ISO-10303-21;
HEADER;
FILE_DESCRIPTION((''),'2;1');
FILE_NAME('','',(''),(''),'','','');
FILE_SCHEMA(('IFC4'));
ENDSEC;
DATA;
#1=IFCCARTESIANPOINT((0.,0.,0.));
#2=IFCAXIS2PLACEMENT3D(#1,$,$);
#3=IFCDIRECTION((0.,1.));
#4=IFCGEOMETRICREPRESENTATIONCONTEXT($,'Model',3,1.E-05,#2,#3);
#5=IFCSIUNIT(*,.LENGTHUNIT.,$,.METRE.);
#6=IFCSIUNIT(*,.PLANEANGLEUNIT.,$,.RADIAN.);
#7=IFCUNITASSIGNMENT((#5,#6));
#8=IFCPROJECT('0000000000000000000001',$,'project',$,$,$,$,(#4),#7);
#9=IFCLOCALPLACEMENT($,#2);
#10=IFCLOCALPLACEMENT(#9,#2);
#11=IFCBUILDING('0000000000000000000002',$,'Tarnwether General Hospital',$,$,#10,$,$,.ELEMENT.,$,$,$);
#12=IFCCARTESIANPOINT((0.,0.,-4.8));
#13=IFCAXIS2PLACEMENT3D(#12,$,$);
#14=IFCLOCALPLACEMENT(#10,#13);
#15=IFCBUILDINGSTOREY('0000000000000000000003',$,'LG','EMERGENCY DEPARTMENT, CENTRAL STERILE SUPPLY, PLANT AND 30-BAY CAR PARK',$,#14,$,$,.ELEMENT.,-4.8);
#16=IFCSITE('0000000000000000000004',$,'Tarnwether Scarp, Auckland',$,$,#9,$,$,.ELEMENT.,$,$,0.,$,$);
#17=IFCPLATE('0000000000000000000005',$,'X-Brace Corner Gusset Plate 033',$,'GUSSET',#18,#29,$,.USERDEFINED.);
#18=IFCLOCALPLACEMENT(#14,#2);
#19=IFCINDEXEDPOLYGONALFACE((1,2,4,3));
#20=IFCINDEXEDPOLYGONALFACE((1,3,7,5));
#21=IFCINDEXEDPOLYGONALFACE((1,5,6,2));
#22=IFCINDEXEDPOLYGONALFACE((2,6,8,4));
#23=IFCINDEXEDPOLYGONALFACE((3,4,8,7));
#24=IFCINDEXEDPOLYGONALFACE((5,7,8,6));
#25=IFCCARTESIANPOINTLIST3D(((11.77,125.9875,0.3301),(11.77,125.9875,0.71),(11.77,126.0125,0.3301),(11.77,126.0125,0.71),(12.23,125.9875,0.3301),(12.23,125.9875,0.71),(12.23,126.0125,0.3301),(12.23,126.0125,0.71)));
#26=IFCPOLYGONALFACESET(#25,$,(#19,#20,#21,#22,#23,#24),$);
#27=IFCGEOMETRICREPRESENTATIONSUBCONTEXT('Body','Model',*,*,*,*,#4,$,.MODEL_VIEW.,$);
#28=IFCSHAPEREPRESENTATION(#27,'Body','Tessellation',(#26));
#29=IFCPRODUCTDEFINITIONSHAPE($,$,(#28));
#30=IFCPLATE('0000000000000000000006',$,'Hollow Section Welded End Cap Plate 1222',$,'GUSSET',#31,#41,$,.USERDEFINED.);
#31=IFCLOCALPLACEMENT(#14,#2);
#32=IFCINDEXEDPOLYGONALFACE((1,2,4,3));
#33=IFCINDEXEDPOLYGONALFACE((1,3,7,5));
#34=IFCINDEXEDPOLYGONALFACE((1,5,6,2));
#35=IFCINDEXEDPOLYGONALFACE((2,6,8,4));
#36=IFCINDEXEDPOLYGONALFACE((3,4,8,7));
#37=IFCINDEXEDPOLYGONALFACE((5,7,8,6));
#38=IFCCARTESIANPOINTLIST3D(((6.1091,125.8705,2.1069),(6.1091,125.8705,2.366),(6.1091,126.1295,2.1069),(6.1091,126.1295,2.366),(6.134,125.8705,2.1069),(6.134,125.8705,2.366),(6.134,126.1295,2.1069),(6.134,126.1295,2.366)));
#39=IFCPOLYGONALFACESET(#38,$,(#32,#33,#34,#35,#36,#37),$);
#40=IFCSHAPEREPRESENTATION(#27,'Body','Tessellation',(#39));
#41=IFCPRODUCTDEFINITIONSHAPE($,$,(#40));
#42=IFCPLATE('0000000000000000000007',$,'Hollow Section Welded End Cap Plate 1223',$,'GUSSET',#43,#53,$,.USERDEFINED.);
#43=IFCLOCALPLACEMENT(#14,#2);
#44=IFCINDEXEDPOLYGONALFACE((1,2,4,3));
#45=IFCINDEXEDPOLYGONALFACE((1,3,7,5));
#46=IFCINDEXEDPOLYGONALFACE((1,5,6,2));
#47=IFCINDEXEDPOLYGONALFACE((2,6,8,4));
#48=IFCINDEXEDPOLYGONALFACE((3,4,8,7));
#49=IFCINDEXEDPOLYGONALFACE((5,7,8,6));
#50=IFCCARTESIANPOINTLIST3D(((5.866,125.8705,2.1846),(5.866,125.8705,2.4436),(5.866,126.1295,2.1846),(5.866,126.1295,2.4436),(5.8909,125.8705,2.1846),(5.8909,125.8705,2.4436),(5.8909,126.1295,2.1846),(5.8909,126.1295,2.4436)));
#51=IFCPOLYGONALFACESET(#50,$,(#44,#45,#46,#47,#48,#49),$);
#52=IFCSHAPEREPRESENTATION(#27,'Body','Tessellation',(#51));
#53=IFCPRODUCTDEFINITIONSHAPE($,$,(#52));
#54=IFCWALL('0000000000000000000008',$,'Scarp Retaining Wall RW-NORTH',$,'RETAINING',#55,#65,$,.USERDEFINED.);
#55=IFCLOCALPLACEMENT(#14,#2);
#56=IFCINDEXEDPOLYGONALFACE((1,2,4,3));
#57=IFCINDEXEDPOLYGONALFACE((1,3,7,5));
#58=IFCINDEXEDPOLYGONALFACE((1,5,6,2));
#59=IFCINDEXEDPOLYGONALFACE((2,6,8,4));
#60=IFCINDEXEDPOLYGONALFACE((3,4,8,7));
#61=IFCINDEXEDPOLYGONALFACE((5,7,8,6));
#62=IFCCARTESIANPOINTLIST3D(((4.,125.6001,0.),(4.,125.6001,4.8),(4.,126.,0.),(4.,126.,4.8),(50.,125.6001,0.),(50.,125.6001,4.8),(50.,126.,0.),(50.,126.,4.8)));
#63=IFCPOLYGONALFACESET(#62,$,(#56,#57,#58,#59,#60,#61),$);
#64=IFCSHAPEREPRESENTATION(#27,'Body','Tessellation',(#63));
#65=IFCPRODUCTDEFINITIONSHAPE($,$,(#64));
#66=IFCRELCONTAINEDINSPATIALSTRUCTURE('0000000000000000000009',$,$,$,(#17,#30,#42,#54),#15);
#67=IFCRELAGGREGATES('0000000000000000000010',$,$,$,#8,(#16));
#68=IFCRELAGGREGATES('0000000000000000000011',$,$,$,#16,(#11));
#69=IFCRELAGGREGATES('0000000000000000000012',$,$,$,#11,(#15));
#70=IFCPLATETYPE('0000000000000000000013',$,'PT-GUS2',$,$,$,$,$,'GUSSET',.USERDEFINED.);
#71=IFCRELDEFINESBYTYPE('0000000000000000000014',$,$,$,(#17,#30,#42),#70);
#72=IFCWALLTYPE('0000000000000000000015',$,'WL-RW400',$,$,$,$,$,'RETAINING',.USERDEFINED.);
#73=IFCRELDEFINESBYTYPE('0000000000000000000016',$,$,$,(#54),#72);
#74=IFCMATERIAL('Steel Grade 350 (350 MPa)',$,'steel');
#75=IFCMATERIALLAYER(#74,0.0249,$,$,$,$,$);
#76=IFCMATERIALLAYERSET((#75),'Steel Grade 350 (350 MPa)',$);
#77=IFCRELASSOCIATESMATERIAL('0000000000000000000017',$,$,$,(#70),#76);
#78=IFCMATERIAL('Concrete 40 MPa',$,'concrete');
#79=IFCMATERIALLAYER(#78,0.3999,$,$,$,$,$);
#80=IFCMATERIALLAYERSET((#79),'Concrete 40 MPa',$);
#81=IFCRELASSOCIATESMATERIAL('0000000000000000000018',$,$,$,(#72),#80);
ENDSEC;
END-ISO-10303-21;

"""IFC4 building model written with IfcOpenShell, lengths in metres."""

from ifc_helpers import new_model, si_unit, direction, frame, frame_2d, origin, origin_2d, place, context, subcontext, project, spatial, rectangle, extrude, material, layer, layer_set, type_object, element, save


model = new_model("IFC4")

# Units and contexts
model_context = context("Model", 3, precision=1e-05, world=origin(), true_north=direction((0.0, 1.0)))
body_context = subcontext(model_context, "Body", "Model", "MODEL_VIEW")
ifc_project = project(units=[si_unit("LENGTHUNIT", "METRE"), si_unit("PLANEANGLEUNIT", "RADIAN")], contexts=[model_context])

# Site, building, storey
site_placement = place(None, origin())
site = spatial("IfcSite", under=ifc_project, at=site_placement, Name="Tarnwether Scarp, Auckland", CompositionType="ELEMENT", RefElevation=0.0)
building_placement = place(site_placement, origin())
building = spatial("IfcBuilding", under=site, at=building_placement, Name="Tarnwether General Hospital", CompositionType="ELEMENT")
storey_placement = place(building_placement, frame((0.0, 0.0, -4.8)))
storey = spatial("IfcBuildingStorey", under=building, at=storey_placement, Name="LG", Description="EMERGENCY DEPARTMENT, CENTRAL STERILE SUPPLY, PLANT AND 30-BAY CAR PARK", CompositionType="ELEMENT", Elevation=-4.8)

# Plates
ifc_material_1 = material(Name="Steel Grade 350 (350 MPa)", Category="steel")
ifc_layer_1 = layer(ifc_material_1, 0.0249)
ifc_layer_set_1 = layer_set([ifc_layer_1], Name="Steel Grade 350 (350 MPa)")
plate_type_1 = type_object("IfcPlateType", Name="PT-GUS2", ElementType="GUSSET", PredefinedType="USERDEFINED", material=ifc_layer_set_1)
plate_1_placement = place(storey_placement, frame((12.0, 126.0, 0.3301), z_axis=(0.0, 0.0, 1.0), x_axis=(1.0, 0.0, 0.0)))
element("IfcPlate", 1, at=plate_1_placement, inside=storey, type_object=plate_type_1, Name="X-Brace Corner Gusset Plate 033", ObjectType="GUSSET", PredefinedType="USERDEFINED", context=body_context, shape_type="SweptSolid", body=[
    extrude(rectangle(XDim=0.46, YDim=0.0249, at=origin_2d()), origin(), (0.0, 0.0, 1.0), 0.3799),
])
for number, where, z_axis, x_axis, name in (
    (2, (6.1216, 126.0, 2.1069), (0.0, 0.0, 1.0), (-1.0, 0.0, 0.0), "Hollow Section Welded End Cap Plate 1222"),
    (3, (5.8784, 126.0, 2.1846), (0.0, 0.0, 1.0), (-1.0, 0.0, 0.0), "Hollow Section Welded End Cap Plate 1223"),
):
    element("IfcPlate", number, at=place(storey_placement, frame(where, z_axis=z_axis, x_axis=x_axis)), inside=storey, type_object=plate_type_1, Name=name, ObjectType="GUSSET", PredefinedType="USERDEFINED", context=body_context, shape_type="SweptSolid", body=[
        extrude(rectangle(XDim=0.0249, YDim=0.259, at=origin_2d()), origin(), (0.0, 0.0, 1.0), 0.259),
    ])

# Wall
ifc_material_2 = material(Name="Concrete 40 MPa", Category="concrete")
ifc_layer_2 = layer(ifc_material_2, 0.3999)
ifc_layer_set_2 = layer_set([ifc_layer_2], Name="Concrete 40 MPa")
wall_type = type_object("IfcWallType", Name="WL-RW400", ElementType="RETAINING", PredefinedType="USERDEFINED", material=ifc_layer_set_2)
wall_placement = place(storey_placement, frame((4.0, 125.8, 0.0), z_axis=(0.0, 0.0, 1.0), x_axis=(1.0, 0.0, 0.0)))
element("IfcWall", 4, at=wall_placement, inside=storey, type_object=wall_type, Name="Scarp Retaining Wall RW-NORTH", ObjectType="RETAINING", PredefinedType="USERDEFINED", context=body_context, shape_type="SweptSolid", body=[
    extrude(rectangle(XDim=46.0, YDim=0.3999, at=frame_2d((23.0, 0.0))), origin(), (0.0, 0.0, 1.0), 4.8),
])

save(model, "model.ifc")
